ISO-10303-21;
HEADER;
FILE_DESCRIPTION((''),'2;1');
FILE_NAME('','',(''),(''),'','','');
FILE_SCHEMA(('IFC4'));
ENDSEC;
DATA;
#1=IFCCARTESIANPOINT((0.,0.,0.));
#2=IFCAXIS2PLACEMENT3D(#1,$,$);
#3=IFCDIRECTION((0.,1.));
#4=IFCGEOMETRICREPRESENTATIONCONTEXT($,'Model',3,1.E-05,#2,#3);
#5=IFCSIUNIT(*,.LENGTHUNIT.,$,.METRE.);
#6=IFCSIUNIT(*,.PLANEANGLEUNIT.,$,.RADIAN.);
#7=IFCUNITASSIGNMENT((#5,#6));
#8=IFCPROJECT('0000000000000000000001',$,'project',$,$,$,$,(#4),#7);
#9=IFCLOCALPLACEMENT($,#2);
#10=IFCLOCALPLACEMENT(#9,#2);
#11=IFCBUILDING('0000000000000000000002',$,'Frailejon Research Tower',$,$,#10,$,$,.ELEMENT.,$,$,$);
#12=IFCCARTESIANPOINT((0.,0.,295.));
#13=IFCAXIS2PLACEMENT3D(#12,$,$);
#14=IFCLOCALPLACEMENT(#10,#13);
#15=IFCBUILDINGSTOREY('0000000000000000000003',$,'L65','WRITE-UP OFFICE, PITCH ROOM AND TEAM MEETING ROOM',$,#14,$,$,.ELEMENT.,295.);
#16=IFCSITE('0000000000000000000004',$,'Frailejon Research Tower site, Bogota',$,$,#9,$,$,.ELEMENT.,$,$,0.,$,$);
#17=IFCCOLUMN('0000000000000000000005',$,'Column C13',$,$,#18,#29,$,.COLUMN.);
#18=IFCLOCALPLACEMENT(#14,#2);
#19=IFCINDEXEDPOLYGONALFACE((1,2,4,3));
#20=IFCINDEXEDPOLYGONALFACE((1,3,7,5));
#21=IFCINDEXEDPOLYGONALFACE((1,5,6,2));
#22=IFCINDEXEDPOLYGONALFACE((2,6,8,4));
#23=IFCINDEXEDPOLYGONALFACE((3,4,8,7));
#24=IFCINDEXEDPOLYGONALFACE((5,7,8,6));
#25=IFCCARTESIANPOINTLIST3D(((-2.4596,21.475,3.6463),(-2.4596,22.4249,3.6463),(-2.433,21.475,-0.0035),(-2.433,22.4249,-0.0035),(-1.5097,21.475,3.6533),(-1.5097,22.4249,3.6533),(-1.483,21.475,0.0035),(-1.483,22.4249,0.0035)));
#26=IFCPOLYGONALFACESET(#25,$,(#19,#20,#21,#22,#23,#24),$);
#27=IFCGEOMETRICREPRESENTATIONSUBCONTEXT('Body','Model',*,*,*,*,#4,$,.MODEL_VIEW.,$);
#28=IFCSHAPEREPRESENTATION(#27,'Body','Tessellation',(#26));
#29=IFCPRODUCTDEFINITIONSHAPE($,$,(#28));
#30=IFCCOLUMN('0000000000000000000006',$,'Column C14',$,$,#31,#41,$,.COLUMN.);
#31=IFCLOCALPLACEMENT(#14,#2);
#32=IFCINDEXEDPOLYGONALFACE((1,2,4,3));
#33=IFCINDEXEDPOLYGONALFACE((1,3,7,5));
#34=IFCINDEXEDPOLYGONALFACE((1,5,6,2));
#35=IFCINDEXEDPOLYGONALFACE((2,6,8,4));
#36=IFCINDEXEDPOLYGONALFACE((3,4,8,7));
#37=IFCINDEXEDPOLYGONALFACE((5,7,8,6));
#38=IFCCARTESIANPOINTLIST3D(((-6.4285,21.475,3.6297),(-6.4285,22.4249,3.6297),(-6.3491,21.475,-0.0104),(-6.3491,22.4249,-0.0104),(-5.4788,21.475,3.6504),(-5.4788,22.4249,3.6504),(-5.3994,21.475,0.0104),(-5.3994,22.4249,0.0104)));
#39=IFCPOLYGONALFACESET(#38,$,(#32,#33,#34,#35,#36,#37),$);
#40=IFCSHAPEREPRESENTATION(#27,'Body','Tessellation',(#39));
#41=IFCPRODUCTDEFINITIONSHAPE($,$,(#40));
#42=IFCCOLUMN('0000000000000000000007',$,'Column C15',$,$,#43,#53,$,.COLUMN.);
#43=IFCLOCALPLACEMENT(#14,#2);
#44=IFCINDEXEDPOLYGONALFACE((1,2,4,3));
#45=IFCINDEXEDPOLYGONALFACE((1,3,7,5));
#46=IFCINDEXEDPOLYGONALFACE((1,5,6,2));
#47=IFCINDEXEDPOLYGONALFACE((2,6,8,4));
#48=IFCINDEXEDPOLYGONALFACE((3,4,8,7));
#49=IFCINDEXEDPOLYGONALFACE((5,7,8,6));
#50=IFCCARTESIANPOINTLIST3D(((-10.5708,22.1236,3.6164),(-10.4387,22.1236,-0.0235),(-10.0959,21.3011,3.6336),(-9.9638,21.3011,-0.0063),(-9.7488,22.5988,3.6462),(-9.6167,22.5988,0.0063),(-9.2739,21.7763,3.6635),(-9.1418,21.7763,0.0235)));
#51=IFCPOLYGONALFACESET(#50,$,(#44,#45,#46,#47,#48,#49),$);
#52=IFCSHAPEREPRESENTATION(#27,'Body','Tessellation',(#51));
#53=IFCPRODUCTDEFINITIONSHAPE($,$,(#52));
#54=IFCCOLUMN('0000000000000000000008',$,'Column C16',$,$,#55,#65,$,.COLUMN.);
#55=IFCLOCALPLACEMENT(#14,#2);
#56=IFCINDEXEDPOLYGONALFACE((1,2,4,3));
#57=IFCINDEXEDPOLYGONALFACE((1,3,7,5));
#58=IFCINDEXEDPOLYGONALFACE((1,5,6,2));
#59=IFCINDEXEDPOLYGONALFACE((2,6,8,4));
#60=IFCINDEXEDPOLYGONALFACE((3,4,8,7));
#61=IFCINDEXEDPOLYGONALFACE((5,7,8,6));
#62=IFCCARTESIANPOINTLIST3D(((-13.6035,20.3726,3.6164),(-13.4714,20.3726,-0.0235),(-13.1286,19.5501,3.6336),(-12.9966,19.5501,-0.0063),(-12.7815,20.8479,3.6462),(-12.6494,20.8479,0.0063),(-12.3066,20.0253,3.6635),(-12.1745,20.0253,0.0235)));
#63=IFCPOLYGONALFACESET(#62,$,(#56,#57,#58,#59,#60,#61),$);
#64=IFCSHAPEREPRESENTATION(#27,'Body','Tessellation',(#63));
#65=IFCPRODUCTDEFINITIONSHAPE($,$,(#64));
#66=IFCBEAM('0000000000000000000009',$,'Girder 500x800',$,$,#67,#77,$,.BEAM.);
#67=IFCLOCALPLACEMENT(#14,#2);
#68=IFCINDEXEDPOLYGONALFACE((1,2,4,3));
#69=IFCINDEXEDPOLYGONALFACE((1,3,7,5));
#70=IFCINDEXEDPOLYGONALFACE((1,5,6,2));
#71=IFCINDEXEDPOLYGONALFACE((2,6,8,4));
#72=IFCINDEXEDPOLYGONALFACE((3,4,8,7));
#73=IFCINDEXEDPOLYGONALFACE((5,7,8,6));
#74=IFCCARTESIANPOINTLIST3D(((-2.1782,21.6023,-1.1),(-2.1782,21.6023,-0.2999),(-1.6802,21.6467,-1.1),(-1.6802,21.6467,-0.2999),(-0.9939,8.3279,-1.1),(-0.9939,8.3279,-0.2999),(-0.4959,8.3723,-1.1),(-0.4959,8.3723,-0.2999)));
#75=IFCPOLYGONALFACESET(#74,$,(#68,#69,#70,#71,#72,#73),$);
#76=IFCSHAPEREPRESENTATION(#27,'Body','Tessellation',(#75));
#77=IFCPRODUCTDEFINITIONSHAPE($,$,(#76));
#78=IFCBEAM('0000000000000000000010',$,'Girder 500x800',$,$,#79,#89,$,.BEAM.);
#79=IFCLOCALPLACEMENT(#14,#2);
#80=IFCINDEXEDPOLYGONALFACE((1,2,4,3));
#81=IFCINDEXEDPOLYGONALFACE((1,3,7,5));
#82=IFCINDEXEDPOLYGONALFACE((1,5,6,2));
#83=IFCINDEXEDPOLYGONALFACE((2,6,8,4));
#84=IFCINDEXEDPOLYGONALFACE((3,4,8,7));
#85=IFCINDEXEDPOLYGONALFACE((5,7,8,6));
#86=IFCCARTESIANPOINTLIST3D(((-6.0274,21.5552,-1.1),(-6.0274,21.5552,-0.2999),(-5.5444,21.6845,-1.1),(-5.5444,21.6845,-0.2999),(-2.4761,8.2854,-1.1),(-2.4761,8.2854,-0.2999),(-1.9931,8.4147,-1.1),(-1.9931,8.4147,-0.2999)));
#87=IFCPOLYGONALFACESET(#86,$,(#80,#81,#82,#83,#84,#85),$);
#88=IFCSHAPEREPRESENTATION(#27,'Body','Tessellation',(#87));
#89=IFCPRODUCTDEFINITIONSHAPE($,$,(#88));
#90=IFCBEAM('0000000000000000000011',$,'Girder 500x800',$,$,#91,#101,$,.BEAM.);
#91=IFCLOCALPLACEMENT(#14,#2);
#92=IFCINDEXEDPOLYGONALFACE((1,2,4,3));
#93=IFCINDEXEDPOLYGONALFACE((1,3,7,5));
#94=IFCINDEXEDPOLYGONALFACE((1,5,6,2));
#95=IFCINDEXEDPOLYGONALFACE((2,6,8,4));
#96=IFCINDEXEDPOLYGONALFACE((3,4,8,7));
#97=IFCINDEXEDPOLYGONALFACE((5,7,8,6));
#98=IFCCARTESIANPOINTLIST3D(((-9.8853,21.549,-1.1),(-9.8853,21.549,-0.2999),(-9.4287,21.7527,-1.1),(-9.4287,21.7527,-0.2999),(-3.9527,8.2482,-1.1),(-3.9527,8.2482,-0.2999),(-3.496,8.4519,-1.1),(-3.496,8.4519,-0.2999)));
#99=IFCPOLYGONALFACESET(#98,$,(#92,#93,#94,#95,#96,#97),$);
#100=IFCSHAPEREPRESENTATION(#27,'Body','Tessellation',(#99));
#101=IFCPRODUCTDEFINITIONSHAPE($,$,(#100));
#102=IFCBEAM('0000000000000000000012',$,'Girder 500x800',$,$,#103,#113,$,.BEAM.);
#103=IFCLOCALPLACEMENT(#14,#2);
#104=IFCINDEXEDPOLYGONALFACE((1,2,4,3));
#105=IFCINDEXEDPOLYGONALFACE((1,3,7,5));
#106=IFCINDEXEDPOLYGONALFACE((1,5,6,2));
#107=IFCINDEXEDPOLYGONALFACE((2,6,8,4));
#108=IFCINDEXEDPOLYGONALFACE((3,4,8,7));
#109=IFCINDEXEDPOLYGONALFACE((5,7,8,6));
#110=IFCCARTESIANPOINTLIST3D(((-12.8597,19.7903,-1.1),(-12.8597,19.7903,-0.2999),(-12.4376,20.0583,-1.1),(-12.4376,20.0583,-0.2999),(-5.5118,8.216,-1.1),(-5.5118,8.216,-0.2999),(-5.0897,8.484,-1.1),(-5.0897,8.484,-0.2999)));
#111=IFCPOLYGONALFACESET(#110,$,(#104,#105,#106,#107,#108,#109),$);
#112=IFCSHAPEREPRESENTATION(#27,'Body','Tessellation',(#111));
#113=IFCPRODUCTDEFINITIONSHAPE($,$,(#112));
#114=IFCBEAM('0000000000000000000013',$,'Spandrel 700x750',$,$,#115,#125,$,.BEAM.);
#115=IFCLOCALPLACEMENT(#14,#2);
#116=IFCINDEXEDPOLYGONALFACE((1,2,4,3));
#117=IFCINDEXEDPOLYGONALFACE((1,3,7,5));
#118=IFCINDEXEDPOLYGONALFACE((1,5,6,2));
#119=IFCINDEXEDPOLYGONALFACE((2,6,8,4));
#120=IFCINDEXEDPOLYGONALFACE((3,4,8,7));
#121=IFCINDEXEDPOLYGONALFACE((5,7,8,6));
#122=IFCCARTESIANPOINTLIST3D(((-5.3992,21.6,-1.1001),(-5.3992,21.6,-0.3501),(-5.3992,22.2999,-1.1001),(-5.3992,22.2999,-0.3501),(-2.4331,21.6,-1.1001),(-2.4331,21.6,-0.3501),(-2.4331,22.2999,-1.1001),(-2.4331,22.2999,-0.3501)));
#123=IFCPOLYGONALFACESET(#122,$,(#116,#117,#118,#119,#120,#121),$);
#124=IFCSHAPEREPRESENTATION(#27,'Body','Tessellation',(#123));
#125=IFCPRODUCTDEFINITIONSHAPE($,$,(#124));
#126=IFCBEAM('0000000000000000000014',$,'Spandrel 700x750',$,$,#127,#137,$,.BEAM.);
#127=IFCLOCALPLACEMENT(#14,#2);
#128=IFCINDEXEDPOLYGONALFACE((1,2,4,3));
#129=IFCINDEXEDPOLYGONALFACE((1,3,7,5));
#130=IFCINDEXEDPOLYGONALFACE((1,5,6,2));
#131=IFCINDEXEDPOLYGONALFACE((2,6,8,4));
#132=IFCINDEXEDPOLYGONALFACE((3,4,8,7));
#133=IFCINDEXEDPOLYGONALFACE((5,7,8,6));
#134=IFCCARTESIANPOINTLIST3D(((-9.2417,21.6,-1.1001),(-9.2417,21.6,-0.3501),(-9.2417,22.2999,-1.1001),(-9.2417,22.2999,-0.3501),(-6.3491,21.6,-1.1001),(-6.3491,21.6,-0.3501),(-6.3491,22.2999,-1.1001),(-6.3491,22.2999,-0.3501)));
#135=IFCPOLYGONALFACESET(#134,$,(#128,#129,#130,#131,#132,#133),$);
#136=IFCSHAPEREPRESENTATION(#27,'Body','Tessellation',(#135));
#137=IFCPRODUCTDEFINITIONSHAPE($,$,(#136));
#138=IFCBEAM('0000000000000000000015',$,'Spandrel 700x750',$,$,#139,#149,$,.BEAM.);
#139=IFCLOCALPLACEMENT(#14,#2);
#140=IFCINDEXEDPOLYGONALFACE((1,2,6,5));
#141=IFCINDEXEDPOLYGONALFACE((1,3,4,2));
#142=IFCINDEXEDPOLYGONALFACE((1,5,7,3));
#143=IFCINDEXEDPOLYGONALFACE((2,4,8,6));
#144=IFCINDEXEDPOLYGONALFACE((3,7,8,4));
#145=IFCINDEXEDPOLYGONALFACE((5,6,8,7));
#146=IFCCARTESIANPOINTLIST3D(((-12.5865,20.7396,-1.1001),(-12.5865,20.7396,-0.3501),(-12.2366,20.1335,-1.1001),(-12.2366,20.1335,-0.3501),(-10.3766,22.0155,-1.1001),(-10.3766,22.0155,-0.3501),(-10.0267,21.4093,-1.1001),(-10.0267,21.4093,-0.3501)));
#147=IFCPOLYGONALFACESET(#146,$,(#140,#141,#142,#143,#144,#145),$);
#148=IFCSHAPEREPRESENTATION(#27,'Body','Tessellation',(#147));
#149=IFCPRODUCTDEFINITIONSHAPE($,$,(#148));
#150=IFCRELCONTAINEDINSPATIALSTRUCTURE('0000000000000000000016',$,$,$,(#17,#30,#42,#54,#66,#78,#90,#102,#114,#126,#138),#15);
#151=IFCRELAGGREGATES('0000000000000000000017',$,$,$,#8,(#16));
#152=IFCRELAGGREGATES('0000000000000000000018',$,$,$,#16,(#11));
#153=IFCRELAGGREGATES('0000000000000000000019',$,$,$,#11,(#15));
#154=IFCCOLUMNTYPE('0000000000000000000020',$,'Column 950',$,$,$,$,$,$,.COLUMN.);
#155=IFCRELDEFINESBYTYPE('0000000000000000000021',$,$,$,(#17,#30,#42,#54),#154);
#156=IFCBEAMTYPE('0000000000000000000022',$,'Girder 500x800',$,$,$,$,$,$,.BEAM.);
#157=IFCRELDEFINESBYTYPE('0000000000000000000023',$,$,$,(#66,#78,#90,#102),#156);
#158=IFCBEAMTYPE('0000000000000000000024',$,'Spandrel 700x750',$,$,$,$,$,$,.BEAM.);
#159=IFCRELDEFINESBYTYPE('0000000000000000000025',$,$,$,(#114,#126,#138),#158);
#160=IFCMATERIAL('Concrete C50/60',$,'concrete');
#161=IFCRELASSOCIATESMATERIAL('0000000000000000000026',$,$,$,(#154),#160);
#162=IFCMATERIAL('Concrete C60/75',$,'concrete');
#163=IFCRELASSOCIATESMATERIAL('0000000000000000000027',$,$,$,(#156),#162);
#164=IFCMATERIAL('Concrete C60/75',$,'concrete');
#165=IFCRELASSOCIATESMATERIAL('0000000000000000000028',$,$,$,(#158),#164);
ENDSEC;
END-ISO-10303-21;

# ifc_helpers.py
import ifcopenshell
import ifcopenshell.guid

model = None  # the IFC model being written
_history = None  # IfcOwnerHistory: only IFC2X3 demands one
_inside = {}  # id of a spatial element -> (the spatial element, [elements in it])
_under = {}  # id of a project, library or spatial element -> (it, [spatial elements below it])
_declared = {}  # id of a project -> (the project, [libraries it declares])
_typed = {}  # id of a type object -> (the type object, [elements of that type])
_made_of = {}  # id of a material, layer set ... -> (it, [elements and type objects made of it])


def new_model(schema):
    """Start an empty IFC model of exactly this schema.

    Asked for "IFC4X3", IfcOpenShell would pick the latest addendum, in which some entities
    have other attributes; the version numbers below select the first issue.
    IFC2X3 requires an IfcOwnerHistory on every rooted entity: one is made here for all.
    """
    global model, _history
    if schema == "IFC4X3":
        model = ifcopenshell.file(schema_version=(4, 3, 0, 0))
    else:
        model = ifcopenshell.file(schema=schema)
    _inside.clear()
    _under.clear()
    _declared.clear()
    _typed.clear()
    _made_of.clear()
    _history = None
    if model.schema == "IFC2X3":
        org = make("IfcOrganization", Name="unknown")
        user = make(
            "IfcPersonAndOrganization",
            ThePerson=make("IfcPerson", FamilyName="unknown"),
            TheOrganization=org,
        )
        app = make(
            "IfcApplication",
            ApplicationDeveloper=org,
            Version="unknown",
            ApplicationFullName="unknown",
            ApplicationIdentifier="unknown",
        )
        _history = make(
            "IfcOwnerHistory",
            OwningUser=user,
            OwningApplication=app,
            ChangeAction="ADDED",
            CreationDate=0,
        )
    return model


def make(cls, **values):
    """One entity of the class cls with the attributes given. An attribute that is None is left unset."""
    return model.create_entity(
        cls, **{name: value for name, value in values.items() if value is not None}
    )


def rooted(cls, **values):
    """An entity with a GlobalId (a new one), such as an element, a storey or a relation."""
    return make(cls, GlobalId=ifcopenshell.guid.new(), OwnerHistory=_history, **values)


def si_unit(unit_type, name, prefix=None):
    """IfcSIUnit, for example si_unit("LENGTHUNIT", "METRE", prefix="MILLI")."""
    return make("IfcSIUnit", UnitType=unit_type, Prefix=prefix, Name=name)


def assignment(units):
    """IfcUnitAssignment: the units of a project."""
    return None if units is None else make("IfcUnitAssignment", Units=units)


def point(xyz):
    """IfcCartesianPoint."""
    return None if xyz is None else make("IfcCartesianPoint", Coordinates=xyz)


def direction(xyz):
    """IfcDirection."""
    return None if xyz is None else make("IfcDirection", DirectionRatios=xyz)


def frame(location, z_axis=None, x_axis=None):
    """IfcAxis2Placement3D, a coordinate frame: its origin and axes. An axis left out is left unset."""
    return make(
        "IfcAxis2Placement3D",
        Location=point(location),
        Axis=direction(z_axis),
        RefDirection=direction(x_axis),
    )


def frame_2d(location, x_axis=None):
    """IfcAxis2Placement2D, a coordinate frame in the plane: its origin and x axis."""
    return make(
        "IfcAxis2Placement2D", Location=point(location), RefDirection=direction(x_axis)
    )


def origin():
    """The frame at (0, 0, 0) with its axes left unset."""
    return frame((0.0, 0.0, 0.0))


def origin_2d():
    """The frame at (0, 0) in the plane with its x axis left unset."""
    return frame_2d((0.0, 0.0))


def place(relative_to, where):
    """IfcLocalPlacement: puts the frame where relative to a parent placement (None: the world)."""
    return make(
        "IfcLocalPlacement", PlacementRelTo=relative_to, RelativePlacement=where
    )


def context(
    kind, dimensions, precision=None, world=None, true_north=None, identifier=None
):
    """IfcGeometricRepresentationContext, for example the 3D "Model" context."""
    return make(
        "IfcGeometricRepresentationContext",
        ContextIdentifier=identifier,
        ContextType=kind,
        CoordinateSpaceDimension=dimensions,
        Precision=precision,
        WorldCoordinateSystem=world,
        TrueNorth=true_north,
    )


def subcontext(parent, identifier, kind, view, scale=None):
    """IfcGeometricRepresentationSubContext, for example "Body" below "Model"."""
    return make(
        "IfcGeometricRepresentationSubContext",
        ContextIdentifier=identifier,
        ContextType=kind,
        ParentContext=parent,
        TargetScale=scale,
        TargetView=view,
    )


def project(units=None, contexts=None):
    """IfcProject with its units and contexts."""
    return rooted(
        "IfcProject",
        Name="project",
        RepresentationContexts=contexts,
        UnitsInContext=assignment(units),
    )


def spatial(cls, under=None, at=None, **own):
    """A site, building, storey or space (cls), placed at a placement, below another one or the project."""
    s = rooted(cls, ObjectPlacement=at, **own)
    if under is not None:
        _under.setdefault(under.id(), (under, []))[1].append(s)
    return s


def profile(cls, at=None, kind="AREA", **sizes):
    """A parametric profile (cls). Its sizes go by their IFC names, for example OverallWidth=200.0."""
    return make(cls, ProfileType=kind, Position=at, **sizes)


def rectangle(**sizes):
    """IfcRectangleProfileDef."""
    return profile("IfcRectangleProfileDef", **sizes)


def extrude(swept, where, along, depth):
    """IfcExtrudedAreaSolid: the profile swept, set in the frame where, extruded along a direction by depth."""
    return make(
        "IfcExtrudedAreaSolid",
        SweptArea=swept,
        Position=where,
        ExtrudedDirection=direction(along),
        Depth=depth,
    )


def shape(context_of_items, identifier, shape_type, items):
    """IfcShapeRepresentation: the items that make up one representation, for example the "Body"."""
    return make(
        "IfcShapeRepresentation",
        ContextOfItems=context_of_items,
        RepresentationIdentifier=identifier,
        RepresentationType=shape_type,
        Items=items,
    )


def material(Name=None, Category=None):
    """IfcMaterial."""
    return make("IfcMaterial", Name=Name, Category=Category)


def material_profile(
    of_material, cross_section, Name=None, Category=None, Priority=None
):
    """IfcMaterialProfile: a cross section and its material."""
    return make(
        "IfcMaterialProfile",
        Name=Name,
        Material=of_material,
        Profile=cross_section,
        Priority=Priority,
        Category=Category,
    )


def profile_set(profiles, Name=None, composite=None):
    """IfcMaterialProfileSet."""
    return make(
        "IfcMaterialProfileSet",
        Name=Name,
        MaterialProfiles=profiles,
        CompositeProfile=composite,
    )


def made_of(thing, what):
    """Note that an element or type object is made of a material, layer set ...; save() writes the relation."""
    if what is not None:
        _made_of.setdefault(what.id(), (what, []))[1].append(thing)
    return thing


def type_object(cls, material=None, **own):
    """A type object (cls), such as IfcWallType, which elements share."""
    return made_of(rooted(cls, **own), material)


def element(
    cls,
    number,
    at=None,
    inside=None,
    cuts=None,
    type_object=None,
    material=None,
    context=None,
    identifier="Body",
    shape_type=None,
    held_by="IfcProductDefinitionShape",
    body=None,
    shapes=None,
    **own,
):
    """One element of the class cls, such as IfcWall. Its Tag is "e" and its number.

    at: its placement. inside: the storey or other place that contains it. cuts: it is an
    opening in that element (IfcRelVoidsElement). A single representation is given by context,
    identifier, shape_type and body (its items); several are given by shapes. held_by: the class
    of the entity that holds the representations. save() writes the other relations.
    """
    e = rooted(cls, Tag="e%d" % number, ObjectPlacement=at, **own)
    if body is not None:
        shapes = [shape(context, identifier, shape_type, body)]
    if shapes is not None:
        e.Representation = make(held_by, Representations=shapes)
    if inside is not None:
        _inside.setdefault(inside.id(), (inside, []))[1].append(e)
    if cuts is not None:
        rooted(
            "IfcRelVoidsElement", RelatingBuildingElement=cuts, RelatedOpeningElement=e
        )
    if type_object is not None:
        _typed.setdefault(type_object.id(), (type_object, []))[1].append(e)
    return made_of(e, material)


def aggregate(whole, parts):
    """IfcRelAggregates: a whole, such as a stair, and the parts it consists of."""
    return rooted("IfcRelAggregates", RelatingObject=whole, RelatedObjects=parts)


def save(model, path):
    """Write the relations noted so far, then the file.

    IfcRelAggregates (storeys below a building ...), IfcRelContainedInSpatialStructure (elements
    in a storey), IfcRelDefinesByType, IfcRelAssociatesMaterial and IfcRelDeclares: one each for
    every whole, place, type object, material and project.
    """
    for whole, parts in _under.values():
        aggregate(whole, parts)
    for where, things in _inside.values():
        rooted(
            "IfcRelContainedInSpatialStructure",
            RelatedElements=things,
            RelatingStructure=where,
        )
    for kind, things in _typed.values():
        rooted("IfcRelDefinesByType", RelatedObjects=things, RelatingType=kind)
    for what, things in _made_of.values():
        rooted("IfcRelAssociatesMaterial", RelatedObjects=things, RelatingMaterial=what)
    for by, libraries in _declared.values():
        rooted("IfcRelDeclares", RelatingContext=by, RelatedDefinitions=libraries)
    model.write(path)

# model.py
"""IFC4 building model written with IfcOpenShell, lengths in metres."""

from ifc_helpers import new_model, si_unit, direction, frame, origin, origin_2d, place, context, subcontext, project, spatial, rectangle, extrude, material, material_profile, profile_set, type_object, element, save


model = new_model("IFC4")

# Units and contexts
model_context = context("Model", 3, precision=1e-05, world=origin(), true_north=direction((0.0, 1.0)))
body_context = subcontext(model_context, "Body", "Model", "MODEL_VIEW")
ifc_project = project(units=[si_unit("LENGTHUNIT", "METRE"), si_unit("PLANEANGLEUNIT", "RADIAN")], contexts=[model_context])

# Site, building, storey
site_placement = place(None, origin())
site = spatial("IfcSite", under=ifc_project, at=site_placement, Name="Frailejon Research Tower site, Bogota", CompositionType="ELEMENT", RefElevation=0.0)
building_placement = place(site_placement, origin())
building = spatial("IfcBuilding", under=site, at=building_placement, Name="Frailejon Research Tower", CompositionType="ELEMENT")
storey_placement = place(building_placement, frame((0.0, 0.0, 295.0)))
storey = spatial("IfcBuildingStorey", under=building, at=storey_placement, Name="L65", Description="WRITE-UP OFFICE, PITCH ROOM AND TEAM MEETING ROOM", CompositionType="ELEMENT", Elevation=295.0)

# Columns
ifc_material_1 = material(Name="Concrete C50/60", Category="concrete")
ifc_material_profile_1 = material_profile(ifc_material_1, rectangle(XDim=0.95, YDim=0.95, at=origin_2d()), Name="Column 950")
ifc_profile_set_1 = profile_set([ifc_material_profile_1], Name="Concrete C50/60")
column_type = type_object("IfcColumnType", Name="Column 950", PredefinedType="COLUMN", material=ifc_profile_set_1)
column_1_placement = place(storey_placement, frame((-1.958, 21.95, 0.0), z_axis=(-0.007291, 0.0, 0.999973), x_axis=(-0.999973, 0.0, -0.007291)))
element("IfcColumn", 1, at=column_1_placement, inside=storey, type_object=column_type, Name="Column C13", PredefinedType="COLUMN", context=body_context, shape_type="SweptSolid", body=[
    extrude(rectangle(XDim=0.95, YDim=0.95, at=origin_2d()), origin(), (0.0, 0.0, 1.0), 3.6499),
])
column_2_placement = place(storey_placement, frame((-5.8743, 21.95, 0.0), z_axis=(-0.021794, 0.0, 0.999762), x_axis=(-0.999762, 0.0, -0.021794)))
element("IfcColumn", 2, at=column_2_placement, inside=storey, type_object=column_type, Name="Column C14", PredefinedType="COLUMN", context=body_context, shape_type="SweptSolid", body=[
    extrude(rectangle(XDim=0.95, YDim=0.95, at=origin_2d()), origin(), (0.0, 0.0, 1.0), 3.6409),
])
for number, where, z_axis, x_axis, name in (
    (3, (-9.7903, 21.95, 0.0), (-0.036263, 0.0, 0.999342), (-0.865314, -0.500246, -0.031399), "Column C15"),
    (4, (-12.823, 20.199, 0.0), (-0.036263, 0.0, 0.999342), (-0.865314, -0.500246, -0.031399), "Column C16"),
):
    element("IfcColumn", number, at=place(storey_placement, frame(where, z_axis=z_axis, x_axis=x_axis)), inside=storey, type_object=column_type, Name=name, PredefinedType="COLUMN", context=body_context, shape_type="SweptSolid", body=[
        extrude(rectangle(XDim=0.95, YDim=0.95, at=origin_2d()), origin(), (0.0, 0.0, 1.0), 3.6423),
    ])

# Beams
ifc_material_2 = material(Name="Concrete C60/75", Category="concrete")
ifc_material_profile_2 = material_profile(ifc_material_2, rectangle(XDim=0.5, YDim=0.8, at=origin_2d()), Name="Girder 500x800")
ifc_profile_set_2 = profile_set([ifc_material_profile_2], Name="Concrete C60/75")
beam_type_1 = type_object("IfcBeamType", Name="Girder 500x800", PredefinedType="BEAM", material=ifc_profile_set_2)
beam_1_placement = place(storey_placement, frame((-1.9292, 21.6245, -0.7), z_axis=(0.088866, -0.996044, 0.0), x_axis=(0.996044, 0.088866, 0.0)))
element("IfcBeam", 5, at=beam_1_placement, inside=storey, type_object=beam_type_1, Name="Girder 500x800", PredefinedType="BEAM", context=body_context, shape_type="SweptSolid", body=[
    extrude(rectangle(XDim=0.5, YDim=0.8, at=origin_2d()), origin(), (0.0, 0.0, 1.0), 13.3271),
])
beam_2_placement = place(storey_placement, frame((-5.7859, 21.6199, -0.7), z_axis=(0.258523, -0.966005, 0.0), x_axis=(0.966005, 0.258523, 0.0)))
element("IfcBeam", 6, at=beam_2_placement, inside=storey, type_object=beam_type_1, Name="Girder 500x800", PredefinedType="BEAM", context=body_context, shape_type="SweptSolid", body=[
    extrude(rectangle(XDim=0.5, YDim=0.8, at=origin_2d()), origin(), (0.0, 0.0, 1.0), 13.7368),
])
beam_3_placement = place(storey_placement, frame((-9.657, 21.6509, -0.7), z_axis=(0.407351, -0.913272, 0.0), x_axis=(0.913272, 0.407351, 0.0)))
element("IfcBeam", 7, at=beam_3_placement, inside=storey, type_object=beam_type_1, Name="Girder 500x800", PredefinedType="BEAM", context=body_context, shape_type="SweptSolid", body=[
    extrude(rectangle(XDim=0.5, YDim=0.8, at=origin_2d()), origin(), (0.0, 0.0, 1.0), 14.564),
])
beam_4_placement = place(storey_placement, frame((-12.6487, 19.9243, -0.7), z_axis=(0.535966, -0.84424, 0.0), x_axis=(0.84424, 0.535966, 0.0)))
element("IfcBeam", 8, at=beam_4_placement, inside=storey, type_object=beam_type_1, Name="Girder 500x800", PredefinedType="BEAM", context=body_context, shape_type="SweptSolid", body=[
    extrude(rectangle(XDim=0.5, YDim=0.8, at=origin_2d()), origin(), (0.0, 0.0, 1.0), 13.7097),
])
ifc_material_3 = material(Name="Concrete C60/75", Category="concrete")
ifc_material_profile_3 = material_profile(ifc_material_3, rectangle(XDim=0.7, YDim=0.75, at=origin_2d()), Name="Spandrel 700x750")
ifc_profile_set_3 = profile_set([ifc_material_profile_3], Name="Concrete C60/75")
beam_type_2 = type_object("IfcBeamType", Name="Spandrel 700x750", PredefinedType="BEAM", material=ifc_profile_set_3)
beam_5_placement = place(storey_placement, frame((-2.4331, 21.95, -0.7251), z_axis=(-1.0, 0.0, 0.0), x_axis=(0.0, -1.0, 0.0)))
element("IfcBeam", 9, at=beam_5_placement, inside=storey, type_object=beam_type_2, Name="Spandrel 700x750", PredefinedType="BEAM", context=body_context, shape_type="SweptSolid", body=[
    extrude(rectangle(XDim=0.7, YDim=0.75, at=origin_2d()), origin(), (0.0, 0.0, 1.0), 2.9661),
])
beam_6_placement = place(storey_placement, frame((-6.3491, 21.95, -0.7251), z_axis=(-1.0, 0.0, 0.0), x_axis=(0.0, -1.0, 0.0)))
element("IfcBeam", 10, at=beam_6_placement, inside=storey, type_object=beam_type_2, Name="Spandrel 700x750", PredefinedType="BEAM", context=body_context, shape_type="SweptSolid", body=[
    extrude(rectangle(XDim=0.7, YDim=0.75, at=origin_2d()), origin(), (0.0, 0.0, 1.0), 2.8926),
])
beam_7_placement = place(storey_placement, frame((-10.2017, 21.7124, -0.7251), z_axis=(-0.866033, -0.499987, 0.0), x_axis=(0.499987, -0.866033, 0.0)))
element("IfcBeam", 11, at=beam_7_placement, inside=storey, type_object=beam_type_2, Name="Spandrel 700x750", PredefinedType="BEAM", context=body_context, shape_type="SweptSolid", body=[
    extrude(rectangle(XDim=0.7, YDim=0.75, at=origin_2d()), origin(), (0.0, 0.0, 1.0), 2.5518),
])

save(model, "model.ifc")
